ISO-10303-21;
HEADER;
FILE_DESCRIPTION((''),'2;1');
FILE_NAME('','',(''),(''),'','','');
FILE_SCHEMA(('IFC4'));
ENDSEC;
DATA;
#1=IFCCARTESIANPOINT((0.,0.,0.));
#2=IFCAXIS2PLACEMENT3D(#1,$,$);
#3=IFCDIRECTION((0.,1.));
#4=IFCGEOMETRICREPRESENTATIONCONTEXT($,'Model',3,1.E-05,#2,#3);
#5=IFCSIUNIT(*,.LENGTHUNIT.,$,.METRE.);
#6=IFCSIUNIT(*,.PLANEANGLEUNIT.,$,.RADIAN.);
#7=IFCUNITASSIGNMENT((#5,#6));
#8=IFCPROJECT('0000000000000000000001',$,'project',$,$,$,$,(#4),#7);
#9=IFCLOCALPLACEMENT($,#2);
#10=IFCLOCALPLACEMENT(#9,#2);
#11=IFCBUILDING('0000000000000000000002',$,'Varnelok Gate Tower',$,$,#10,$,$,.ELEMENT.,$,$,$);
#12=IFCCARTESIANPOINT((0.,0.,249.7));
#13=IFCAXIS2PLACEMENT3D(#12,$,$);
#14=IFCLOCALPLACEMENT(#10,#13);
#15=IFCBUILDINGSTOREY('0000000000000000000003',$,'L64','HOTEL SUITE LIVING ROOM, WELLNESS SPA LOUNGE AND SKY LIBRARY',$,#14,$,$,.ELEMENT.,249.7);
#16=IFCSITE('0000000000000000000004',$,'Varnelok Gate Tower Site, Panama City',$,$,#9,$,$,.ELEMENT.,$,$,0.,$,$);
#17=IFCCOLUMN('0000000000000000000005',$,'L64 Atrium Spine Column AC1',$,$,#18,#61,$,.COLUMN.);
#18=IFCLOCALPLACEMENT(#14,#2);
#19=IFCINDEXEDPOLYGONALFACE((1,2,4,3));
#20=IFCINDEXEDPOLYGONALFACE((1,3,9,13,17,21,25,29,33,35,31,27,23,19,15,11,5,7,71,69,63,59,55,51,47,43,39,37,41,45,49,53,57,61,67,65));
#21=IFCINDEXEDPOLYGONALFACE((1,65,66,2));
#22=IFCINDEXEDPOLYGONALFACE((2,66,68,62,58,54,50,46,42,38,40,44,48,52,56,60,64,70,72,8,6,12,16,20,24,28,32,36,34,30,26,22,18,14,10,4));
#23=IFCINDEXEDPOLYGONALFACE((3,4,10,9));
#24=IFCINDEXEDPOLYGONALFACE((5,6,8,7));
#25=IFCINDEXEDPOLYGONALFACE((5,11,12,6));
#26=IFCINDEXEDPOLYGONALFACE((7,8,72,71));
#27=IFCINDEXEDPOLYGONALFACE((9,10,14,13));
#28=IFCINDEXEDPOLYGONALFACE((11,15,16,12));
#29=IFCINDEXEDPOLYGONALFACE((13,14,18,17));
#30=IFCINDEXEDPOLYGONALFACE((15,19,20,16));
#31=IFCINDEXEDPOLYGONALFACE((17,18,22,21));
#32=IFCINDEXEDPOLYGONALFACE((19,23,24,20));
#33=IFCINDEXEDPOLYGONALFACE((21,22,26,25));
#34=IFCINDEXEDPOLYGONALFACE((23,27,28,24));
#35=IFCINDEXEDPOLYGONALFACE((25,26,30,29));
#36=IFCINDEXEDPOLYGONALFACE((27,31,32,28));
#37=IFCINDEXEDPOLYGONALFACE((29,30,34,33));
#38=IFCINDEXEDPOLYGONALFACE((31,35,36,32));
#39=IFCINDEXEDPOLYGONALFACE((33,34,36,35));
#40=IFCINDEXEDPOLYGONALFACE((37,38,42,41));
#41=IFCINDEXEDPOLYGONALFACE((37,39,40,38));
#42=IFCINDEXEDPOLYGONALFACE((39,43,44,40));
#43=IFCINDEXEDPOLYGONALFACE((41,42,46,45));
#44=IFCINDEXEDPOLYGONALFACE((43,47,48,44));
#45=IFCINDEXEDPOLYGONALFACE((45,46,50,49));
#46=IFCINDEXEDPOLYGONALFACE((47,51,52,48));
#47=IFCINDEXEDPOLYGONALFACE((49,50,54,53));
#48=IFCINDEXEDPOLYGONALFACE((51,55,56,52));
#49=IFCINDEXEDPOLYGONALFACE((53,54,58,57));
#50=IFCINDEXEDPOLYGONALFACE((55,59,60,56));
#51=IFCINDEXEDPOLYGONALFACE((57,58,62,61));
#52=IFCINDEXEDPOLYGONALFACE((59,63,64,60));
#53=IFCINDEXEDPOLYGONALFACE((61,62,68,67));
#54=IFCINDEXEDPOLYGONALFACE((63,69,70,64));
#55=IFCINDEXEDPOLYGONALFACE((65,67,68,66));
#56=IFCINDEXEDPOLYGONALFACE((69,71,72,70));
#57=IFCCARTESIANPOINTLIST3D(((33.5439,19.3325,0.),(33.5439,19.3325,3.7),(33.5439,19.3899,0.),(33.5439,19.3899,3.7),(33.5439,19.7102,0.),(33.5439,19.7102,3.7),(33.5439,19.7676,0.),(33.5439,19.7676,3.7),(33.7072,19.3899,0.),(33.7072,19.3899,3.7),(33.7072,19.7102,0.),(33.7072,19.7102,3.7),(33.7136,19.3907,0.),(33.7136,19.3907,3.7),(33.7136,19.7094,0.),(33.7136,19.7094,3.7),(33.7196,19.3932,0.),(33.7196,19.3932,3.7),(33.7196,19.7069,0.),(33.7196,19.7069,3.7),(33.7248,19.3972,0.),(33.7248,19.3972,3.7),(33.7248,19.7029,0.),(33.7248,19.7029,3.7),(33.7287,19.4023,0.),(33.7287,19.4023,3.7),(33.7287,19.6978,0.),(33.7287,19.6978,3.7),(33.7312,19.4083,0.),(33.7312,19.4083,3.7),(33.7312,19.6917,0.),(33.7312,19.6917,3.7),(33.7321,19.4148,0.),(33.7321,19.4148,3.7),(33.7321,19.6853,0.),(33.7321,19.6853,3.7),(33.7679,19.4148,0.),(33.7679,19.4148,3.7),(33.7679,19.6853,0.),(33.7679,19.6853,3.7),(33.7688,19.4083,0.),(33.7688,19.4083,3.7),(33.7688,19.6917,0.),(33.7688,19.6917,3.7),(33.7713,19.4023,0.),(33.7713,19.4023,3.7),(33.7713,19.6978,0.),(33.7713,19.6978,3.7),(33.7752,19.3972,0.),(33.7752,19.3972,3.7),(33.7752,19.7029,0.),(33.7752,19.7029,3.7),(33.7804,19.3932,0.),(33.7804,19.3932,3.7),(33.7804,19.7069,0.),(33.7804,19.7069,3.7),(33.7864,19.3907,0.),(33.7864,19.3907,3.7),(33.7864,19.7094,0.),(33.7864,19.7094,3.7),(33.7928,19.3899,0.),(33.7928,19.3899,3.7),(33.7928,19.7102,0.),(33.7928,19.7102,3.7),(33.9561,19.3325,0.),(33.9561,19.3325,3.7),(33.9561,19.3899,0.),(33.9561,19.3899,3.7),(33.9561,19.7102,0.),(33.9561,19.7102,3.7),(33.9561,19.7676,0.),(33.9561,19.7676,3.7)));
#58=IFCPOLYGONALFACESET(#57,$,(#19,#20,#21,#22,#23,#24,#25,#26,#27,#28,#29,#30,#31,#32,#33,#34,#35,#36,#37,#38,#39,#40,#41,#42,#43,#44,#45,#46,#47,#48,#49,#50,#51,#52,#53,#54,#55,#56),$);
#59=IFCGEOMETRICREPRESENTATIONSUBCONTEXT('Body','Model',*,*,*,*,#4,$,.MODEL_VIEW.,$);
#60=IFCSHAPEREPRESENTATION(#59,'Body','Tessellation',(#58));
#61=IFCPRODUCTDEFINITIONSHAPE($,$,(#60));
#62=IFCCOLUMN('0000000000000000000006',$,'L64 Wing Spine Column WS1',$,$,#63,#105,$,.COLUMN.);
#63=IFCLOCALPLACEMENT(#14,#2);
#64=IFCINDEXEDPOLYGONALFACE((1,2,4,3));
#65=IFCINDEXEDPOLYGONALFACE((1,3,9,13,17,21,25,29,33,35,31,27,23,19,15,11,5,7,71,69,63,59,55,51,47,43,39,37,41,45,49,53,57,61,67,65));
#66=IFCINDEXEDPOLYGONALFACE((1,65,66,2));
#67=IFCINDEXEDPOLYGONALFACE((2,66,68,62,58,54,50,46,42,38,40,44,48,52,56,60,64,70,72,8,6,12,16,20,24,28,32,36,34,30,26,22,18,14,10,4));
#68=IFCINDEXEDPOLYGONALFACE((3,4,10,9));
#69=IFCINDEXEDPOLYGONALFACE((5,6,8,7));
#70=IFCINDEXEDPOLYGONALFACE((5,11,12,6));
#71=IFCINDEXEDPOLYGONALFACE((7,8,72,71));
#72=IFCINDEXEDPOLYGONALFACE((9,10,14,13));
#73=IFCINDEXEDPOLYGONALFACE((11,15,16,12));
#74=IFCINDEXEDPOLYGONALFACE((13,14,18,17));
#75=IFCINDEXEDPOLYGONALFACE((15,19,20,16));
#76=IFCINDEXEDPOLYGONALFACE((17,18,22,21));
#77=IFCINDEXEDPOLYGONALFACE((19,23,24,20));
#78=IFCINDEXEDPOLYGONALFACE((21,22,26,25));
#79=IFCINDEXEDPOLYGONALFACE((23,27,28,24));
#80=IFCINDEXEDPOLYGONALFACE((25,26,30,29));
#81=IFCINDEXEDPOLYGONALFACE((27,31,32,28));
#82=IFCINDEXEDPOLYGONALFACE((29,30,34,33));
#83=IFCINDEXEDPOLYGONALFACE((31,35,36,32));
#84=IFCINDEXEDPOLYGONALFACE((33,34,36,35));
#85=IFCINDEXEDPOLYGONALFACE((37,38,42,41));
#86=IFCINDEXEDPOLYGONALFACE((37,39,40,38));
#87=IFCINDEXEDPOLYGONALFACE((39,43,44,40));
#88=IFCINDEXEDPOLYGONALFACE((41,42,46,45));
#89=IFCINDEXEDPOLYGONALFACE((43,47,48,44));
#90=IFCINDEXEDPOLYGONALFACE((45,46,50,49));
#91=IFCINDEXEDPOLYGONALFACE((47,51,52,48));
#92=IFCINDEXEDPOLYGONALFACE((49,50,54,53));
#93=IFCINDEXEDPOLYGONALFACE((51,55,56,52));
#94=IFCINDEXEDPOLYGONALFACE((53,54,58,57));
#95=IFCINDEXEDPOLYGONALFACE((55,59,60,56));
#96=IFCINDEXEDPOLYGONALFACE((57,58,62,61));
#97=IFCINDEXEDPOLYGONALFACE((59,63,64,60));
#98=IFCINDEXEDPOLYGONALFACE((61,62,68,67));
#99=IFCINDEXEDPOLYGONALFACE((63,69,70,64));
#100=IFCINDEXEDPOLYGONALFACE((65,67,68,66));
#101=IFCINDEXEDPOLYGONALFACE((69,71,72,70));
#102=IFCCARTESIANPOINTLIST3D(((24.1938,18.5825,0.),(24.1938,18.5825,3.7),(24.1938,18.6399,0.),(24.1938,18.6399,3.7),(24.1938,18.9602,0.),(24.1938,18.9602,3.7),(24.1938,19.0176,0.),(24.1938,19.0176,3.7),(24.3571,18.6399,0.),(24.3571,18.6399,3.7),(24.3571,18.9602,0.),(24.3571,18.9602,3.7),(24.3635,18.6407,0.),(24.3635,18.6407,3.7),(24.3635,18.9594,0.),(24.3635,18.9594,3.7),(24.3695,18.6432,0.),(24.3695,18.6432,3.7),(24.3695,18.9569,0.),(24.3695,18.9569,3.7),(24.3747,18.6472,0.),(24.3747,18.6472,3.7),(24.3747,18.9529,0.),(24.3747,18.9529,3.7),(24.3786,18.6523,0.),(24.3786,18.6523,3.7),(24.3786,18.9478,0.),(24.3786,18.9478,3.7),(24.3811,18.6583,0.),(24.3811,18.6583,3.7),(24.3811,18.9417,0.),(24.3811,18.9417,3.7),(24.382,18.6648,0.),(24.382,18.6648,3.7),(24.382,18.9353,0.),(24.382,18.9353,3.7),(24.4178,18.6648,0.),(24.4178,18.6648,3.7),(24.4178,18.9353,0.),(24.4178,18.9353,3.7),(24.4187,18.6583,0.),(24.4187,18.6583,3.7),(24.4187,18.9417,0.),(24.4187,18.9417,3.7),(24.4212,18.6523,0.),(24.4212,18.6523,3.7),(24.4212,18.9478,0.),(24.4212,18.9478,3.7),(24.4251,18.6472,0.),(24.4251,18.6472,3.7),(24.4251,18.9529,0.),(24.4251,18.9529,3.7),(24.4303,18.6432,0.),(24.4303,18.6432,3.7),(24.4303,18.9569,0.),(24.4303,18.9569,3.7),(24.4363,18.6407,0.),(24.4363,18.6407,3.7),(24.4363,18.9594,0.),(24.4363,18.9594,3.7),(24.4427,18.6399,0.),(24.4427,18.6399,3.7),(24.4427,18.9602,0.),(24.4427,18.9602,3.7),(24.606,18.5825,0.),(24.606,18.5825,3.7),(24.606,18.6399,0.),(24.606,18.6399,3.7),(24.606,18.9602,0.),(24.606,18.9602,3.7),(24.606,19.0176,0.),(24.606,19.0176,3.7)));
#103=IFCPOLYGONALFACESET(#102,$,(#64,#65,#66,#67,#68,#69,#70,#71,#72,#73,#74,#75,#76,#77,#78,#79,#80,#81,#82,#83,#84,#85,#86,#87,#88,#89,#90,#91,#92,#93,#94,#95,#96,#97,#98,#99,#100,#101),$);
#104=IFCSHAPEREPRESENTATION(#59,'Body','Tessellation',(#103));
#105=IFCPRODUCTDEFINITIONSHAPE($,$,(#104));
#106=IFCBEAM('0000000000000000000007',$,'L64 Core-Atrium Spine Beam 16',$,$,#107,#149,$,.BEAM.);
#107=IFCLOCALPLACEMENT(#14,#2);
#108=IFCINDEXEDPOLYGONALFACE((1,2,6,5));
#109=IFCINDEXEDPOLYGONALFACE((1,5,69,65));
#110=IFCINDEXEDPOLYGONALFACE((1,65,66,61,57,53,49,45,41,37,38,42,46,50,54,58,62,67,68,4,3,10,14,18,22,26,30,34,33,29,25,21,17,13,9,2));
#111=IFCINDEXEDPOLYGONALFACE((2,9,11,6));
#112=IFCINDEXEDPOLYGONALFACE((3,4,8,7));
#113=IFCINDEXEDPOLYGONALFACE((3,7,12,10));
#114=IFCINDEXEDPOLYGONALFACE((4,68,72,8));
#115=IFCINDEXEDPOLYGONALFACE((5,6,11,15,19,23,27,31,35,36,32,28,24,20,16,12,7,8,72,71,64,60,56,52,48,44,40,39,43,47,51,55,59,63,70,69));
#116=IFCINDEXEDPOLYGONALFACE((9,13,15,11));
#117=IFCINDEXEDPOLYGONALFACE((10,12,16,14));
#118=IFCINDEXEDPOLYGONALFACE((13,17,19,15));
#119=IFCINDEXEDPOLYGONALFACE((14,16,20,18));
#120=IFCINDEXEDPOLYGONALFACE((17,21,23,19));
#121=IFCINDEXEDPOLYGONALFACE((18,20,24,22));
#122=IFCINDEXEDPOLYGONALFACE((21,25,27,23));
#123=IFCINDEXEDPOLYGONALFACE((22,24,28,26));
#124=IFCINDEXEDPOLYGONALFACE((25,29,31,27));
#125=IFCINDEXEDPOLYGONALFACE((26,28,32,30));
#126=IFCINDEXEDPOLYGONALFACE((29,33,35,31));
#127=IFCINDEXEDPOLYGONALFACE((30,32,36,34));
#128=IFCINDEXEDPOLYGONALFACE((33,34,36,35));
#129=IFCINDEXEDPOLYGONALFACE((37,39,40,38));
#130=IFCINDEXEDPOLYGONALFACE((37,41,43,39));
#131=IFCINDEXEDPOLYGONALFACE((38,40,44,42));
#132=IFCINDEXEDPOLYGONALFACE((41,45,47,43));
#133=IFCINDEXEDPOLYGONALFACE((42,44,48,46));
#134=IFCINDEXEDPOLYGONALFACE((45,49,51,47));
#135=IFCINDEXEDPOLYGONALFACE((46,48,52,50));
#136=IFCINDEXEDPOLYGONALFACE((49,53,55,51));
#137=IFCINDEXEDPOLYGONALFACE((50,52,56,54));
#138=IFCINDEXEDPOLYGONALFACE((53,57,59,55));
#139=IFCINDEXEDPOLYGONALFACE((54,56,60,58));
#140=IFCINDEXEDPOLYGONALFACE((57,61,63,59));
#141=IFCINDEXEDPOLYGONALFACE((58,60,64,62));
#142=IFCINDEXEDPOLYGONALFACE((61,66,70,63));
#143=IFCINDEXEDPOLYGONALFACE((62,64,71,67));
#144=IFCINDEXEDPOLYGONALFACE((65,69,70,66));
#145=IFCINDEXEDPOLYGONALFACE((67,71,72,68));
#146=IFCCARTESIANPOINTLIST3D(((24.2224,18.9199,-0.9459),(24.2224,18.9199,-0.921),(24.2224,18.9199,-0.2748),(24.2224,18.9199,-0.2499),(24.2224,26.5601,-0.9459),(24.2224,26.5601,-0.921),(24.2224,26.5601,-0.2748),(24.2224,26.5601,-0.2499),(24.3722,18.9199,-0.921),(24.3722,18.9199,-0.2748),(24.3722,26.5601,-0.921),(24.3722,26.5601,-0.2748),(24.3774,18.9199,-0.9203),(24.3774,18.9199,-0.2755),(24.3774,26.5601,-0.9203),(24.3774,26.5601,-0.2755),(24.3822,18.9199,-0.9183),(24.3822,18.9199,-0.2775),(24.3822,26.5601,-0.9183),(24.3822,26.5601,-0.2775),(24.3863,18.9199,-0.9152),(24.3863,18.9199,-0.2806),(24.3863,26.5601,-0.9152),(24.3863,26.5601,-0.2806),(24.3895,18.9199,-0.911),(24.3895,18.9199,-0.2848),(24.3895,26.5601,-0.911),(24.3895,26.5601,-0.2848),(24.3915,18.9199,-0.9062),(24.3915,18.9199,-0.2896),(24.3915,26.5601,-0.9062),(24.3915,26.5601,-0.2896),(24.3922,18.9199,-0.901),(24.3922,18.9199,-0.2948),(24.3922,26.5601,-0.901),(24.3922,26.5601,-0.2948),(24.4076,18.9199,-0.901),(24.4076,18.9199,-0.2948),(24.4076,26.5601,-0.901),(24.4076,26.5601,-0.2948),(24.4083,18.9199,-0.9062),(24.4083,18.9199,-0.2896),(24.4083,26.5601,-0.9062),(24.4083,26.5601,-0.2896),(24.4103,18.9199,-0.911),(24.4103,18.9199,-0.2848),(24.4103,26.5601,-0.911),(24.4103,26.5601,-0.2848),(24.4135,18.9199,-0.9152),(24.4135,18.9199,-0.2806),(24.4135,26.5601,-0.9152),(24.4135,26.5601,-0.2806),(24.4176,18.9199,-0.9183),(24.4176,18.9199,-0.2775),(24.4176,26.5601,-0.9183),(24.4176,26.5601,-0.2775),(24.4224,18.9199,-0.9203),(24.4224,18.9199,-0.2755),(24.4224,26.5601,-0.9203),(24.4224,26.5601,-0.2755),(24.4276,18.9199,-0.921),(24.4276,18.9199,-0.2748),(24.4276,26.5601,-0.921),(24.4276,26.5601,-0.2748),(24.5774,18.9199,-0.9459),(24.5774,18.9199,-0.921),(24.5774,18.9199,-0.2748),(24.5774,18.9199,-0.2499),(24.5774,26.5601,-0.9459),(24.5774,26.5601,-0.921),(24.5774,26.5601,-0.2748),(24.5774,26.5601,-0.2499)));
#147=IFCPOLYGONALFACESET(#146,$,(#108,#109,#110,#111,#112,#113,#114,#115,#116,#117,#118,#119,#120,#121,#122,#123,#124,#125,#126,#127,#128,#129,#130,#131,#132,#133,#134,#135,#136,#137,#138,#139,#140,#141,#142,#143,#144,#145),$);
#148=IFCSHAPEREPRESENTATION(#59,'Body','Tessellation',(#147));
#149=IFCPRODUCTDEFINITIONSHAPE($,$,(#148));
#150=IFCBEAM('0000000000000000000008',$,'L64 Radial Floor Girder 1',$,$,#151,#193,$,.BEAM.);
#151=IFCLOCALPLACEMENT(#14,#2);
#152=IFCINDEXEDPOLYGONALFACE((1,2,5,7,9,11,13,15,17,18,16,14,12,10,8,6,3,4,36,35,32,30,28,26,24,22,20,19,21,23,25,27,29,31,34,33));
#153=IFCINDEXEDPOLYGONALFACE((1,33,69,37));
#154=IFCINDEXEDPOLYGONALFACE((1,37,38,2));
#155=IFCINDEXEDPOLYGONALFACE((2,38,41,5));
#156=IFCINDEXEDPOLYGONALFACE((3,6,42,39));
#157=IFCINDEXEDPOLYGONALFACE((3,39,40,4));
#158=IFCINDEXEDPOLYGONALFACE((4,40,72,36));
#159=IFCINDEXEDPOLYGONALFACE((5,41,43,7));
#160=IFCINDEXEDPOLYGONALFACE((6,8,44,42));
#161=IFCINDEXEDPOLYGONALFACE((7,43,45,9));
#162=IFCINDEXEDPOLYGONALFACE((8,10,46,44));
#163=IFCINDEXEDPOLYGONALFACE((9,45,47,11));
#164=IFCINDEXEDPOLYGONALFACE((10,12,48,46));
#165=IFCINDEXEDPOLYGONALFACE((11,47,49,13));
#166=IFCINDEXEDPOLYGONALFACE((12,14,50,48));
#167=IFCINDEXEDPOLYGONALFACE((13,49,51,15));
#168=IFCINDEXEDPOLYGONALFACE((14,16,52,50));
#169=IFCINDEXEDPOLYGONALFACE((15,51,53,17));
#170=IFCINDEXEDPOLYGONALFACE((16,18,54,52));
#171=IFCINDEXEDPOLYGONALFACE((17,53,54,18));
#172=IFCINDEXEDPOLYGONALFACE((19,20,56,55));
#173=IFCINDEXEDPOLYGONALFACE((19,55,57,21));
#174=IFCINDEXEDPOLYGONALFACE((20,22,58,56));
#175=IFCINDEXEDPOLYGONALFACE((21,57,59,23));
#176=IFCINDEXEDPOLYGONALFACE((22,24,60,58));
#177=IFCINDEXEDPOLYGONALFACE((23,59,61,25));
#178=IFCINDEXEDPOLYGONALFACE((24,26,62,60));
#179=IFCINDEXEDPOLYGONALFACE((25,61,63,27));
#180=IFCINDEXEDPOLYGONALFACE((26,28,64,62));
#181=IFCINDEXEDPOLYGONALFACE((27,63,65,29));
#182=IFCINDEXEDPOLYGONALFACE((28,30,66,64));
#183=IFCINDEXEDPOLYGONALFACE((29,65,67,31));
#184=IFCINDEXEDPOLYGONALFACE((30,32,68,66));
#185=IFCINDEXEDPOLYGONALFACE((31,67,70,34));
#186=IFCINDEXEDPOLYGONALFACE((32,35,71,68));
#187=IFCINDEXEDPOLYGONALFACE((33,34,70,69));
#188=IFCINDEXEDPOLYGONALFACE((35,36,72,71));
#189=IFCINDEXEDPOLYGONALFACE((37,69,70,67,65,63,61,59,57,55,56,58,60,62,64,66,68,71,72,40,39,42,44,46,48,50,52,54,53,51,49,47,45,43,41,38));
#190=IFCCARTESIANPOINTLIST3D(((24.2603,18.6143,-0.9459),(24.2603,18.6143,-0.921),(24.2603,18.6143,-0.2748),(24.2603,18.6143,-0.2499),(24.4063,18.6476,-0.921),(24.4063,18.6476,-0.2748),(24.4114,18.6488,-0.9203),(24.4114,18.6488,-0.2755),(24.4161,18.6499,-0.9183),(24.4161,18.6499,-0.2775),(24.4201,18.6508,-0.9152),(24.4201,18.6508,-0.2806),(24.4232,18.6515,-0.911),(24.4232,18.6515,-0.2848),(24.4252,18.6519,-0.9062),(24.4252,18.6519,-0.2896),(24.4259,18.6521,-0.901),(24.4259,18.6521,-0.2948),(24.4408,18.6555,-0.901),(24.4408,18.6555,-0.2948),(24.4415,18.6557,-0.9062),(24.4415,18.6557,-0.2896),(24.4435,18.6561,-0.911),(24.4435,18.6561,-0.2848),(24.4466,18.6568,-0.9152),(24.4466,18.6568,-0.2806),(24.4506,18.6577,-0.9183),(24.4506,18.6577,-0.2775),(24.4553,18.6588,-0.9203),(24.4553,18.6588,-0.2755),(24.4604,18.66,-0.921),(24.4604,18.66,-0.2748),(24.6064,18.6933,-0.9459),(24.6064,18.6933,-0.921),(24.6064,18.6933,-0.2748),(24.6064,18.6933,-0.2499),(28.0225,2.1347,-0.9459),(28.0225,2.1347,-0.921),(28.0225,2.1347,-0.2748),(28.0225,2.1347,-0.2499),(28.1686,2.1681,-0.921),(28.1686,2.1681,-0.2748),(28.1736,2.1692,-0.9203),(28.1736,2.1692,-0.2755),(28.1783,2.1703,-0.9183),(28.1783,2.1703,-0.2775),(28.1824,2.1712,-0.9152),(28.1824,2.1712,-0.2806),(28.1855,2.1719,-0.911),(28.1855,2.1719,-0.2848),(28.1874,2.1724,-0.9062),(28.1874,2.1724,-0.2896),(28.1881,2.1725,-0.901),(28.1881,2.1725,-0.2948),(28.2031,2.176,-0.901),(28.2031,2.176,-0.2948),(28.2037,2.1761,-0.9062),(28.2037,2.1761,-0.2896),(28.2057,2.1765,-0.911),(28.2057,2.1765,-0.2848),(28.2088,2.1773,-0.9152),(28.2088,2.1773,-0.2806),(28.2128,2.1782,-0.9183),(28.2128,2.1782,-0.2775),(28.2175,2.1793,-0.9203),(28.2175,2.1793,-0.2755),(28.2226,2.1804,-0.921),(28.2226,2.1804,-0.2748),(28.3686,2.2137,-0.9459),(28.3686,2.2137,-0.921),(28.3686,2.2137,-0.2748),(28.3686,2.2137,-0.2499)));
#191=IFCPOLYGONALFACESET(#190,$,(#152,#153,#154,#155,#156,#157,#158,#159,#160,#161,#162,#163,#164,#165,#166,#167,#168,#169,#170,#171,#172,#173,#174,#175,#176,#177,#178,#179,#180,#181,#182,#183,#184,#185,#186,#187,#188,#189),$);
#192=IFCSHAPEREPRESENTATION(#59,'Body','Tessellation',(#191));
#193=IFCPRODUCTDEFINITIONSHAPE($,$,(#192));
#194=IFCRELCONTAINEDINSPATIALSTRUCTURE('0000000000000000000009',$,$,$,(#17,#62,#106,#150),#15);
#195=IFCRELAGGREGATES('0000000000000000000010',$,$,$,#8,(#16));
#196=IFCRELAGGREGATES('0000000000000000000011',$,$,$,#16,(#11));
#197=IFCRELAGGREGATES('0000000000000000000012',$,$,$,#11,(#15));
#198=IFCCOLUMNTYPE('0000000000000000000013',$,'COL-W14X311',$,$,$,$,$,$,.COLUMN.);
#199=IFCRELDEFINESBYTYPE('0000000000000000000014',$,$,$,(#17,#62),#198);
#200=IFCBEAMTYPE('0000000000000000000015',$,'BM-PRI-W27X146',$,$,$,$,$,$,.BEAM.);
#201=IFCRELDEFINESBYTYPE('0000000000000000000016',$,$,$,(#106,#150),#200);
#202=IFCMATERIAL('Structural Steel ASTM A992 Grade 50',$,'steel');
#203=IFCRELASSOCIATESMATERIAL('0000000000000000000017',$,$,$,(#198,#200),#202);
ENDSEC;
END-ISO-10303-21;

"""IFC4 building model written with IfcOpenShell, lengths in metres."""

from ifc_helpers import new_model, si_unit, direction, frame, origin, origin_2d, place, context, subcontext, project, spatial, i_section, extrude, material, material_profile, profile_set, type_object, element, save


model = new_model("IFC4")

# Units and contexts
model_context = context("Model", 3, precision=1e-05, world=origin(), true_north=direction((0.0, 1.0)))
body_context = subcontext(model_context, "Body", "Model", "MODEL_VIEW")
ifc_project = project(units=[si_unit("LENGTHUNIT", "METRE"), si_unit("PLANEANGLEUNIT", "RADIAN")], contexts=[model_context])

# Site, building, storey
site_placement = place(None, origin())
site = spatial("IfcSite", under=ifc_project, at=site_placement, Name="Varnelok Gate Tower Site, Panama City", CompositionType="ELEMENT", RefElevation=0.0)
building_placement = place(site_placement, origin())
building = spatial("IfcBuilding", under=site, at=building_placement, Name="Varnelok Gate Tower", CompositionType="ELEMENT")
storey_placement = place(building_placement, frame((0.0, 0.0, 249.7)))
storey = spatial("IfcBuildingStorey", under=building, at=storey_placement, Name="L64", Description="HOTEL SUITE LIVING ROOM, WELLNESS SPA LOUNGE AND SKY LIBRARY", CompositionType="ELEMENT", Elevation=249.7)

# Columns
ifc_material_1 = material(Name="Structural Steel ASTM A992 Grade 50", Category="steel")
ifc_material_profile_1 = material_profile(ifc_material_1, i_section(OverallWidth=0.4121, OverallDepth=0.4351, WebThickness=0.0359, FlangeThickness=0.0574, FilletRadius=0.0249, at=origin_2d()), Name="W14X311")
ifc_profile_set_1 = profile_set([ifc_material_profile_1], Name="Structural Steel ASTM A992 Grade 50")
column_type = type_object("IfcColumnType", Name="COL-W14X311", PredefinedType="COLUMN", material=ifc_profile_set_1)
for number, where, z_axis, x_axis, name in (
    (1, (33.75, 19.55, 0.0), (0.0, 0.0, 1.0), (1.0, 0.0, 0.0), "L64 Atrium Spine Column AC1"),
    (2, (24.3999, 18.8, 0.0), (0.0, 0.0, 1.0), (1.0, 0.0, 0.0), "L64 Wing Spine Column WS1"),
):
    element("IfcColumn", number, at=place(storey_placement, frame(where, z_axis=z_axis, x_axis=x_axis)), inside=storey, type_object=column_type, Name=name, PredefinedType="COLUMN", context=body_context, shape_type="SweptSolid", body=[
        extrude(i_section(OverallWidth=0.4121, OverallDepth=0.4351, WebThickness=0.0359, FlangeThickness=0.0574, FilletRadius=0.0249, at=origin_2d()), origin(), (0.0, 0.0, 1.0), 3.7),
    ])

# Beams
ifc_material_profile_2 = material_profile(ifc_material_1, i_section(OverallWidth=0.355, OverallDepth=0.696, WebThickness=0.0154, FlangeThickness=0.0249, FilletRadius=0.02, at=origin_2d()), Name="W27X146")
ifc_profile_set_2 = profile_set([ifc_material_profile_2], Name="Structural Steel ASTM A992 Grade 50")
beam_type_1 = type_object("IfcBeamType", Name="BM-PRI-W27X146", PredefinedType="BEAM", material=ifc_profile_set_2)
beam_1_placement = place(storey_placement, frame((24.3999, 18.9199, -0.5979), z_axis=(0.0, 1.0, 0.0), x_axis=(-1.0, 0.0, 0.0)))
element("IfcBeam", 3, at=beam_1_placement, inside=storey, type_object=beam_type_1, Name="L64 Core-Atrium Spine Beam 16", PredefinedType="BEAM", context=body_context, shape_type="SweptSolid", body=[
    extrude(i_section(OverallWidth=0.355, OverallDepth=0.696, WebThickness=0.0154, FlangeThickness=0.0249, FilletRadius=0.02, at=origin_2d()), origin(), (0.0, 0.0, 1.0), 7.6401),
])
beam_2_placement = place(storey_placement, frame((24.4333, 18.6538, -0.5979), z_axis=(0.22257, -0.974917, 0.0), x_axis=(0.974917, 0.22257, 0.0)))
element("IfcBeam", 4, at=beam_2_placement, inside=storey, type_object=beam_type_1, Name="L64 Radial Floor Girder 1", PredefinedType="BEAM", context=body_context, shape_type="SweptSolid", body=[
    extrude(i_section(OverallWidth=0.355, OverallDepth=0.696, WebThickness=0.0154, FlangeThickness=0.0249, FilletRadius=0.02, at=origin_2d()), origin(), (0.0, 0.0, 1.0), 16.9036),
])

save(model, "model.ifc")
